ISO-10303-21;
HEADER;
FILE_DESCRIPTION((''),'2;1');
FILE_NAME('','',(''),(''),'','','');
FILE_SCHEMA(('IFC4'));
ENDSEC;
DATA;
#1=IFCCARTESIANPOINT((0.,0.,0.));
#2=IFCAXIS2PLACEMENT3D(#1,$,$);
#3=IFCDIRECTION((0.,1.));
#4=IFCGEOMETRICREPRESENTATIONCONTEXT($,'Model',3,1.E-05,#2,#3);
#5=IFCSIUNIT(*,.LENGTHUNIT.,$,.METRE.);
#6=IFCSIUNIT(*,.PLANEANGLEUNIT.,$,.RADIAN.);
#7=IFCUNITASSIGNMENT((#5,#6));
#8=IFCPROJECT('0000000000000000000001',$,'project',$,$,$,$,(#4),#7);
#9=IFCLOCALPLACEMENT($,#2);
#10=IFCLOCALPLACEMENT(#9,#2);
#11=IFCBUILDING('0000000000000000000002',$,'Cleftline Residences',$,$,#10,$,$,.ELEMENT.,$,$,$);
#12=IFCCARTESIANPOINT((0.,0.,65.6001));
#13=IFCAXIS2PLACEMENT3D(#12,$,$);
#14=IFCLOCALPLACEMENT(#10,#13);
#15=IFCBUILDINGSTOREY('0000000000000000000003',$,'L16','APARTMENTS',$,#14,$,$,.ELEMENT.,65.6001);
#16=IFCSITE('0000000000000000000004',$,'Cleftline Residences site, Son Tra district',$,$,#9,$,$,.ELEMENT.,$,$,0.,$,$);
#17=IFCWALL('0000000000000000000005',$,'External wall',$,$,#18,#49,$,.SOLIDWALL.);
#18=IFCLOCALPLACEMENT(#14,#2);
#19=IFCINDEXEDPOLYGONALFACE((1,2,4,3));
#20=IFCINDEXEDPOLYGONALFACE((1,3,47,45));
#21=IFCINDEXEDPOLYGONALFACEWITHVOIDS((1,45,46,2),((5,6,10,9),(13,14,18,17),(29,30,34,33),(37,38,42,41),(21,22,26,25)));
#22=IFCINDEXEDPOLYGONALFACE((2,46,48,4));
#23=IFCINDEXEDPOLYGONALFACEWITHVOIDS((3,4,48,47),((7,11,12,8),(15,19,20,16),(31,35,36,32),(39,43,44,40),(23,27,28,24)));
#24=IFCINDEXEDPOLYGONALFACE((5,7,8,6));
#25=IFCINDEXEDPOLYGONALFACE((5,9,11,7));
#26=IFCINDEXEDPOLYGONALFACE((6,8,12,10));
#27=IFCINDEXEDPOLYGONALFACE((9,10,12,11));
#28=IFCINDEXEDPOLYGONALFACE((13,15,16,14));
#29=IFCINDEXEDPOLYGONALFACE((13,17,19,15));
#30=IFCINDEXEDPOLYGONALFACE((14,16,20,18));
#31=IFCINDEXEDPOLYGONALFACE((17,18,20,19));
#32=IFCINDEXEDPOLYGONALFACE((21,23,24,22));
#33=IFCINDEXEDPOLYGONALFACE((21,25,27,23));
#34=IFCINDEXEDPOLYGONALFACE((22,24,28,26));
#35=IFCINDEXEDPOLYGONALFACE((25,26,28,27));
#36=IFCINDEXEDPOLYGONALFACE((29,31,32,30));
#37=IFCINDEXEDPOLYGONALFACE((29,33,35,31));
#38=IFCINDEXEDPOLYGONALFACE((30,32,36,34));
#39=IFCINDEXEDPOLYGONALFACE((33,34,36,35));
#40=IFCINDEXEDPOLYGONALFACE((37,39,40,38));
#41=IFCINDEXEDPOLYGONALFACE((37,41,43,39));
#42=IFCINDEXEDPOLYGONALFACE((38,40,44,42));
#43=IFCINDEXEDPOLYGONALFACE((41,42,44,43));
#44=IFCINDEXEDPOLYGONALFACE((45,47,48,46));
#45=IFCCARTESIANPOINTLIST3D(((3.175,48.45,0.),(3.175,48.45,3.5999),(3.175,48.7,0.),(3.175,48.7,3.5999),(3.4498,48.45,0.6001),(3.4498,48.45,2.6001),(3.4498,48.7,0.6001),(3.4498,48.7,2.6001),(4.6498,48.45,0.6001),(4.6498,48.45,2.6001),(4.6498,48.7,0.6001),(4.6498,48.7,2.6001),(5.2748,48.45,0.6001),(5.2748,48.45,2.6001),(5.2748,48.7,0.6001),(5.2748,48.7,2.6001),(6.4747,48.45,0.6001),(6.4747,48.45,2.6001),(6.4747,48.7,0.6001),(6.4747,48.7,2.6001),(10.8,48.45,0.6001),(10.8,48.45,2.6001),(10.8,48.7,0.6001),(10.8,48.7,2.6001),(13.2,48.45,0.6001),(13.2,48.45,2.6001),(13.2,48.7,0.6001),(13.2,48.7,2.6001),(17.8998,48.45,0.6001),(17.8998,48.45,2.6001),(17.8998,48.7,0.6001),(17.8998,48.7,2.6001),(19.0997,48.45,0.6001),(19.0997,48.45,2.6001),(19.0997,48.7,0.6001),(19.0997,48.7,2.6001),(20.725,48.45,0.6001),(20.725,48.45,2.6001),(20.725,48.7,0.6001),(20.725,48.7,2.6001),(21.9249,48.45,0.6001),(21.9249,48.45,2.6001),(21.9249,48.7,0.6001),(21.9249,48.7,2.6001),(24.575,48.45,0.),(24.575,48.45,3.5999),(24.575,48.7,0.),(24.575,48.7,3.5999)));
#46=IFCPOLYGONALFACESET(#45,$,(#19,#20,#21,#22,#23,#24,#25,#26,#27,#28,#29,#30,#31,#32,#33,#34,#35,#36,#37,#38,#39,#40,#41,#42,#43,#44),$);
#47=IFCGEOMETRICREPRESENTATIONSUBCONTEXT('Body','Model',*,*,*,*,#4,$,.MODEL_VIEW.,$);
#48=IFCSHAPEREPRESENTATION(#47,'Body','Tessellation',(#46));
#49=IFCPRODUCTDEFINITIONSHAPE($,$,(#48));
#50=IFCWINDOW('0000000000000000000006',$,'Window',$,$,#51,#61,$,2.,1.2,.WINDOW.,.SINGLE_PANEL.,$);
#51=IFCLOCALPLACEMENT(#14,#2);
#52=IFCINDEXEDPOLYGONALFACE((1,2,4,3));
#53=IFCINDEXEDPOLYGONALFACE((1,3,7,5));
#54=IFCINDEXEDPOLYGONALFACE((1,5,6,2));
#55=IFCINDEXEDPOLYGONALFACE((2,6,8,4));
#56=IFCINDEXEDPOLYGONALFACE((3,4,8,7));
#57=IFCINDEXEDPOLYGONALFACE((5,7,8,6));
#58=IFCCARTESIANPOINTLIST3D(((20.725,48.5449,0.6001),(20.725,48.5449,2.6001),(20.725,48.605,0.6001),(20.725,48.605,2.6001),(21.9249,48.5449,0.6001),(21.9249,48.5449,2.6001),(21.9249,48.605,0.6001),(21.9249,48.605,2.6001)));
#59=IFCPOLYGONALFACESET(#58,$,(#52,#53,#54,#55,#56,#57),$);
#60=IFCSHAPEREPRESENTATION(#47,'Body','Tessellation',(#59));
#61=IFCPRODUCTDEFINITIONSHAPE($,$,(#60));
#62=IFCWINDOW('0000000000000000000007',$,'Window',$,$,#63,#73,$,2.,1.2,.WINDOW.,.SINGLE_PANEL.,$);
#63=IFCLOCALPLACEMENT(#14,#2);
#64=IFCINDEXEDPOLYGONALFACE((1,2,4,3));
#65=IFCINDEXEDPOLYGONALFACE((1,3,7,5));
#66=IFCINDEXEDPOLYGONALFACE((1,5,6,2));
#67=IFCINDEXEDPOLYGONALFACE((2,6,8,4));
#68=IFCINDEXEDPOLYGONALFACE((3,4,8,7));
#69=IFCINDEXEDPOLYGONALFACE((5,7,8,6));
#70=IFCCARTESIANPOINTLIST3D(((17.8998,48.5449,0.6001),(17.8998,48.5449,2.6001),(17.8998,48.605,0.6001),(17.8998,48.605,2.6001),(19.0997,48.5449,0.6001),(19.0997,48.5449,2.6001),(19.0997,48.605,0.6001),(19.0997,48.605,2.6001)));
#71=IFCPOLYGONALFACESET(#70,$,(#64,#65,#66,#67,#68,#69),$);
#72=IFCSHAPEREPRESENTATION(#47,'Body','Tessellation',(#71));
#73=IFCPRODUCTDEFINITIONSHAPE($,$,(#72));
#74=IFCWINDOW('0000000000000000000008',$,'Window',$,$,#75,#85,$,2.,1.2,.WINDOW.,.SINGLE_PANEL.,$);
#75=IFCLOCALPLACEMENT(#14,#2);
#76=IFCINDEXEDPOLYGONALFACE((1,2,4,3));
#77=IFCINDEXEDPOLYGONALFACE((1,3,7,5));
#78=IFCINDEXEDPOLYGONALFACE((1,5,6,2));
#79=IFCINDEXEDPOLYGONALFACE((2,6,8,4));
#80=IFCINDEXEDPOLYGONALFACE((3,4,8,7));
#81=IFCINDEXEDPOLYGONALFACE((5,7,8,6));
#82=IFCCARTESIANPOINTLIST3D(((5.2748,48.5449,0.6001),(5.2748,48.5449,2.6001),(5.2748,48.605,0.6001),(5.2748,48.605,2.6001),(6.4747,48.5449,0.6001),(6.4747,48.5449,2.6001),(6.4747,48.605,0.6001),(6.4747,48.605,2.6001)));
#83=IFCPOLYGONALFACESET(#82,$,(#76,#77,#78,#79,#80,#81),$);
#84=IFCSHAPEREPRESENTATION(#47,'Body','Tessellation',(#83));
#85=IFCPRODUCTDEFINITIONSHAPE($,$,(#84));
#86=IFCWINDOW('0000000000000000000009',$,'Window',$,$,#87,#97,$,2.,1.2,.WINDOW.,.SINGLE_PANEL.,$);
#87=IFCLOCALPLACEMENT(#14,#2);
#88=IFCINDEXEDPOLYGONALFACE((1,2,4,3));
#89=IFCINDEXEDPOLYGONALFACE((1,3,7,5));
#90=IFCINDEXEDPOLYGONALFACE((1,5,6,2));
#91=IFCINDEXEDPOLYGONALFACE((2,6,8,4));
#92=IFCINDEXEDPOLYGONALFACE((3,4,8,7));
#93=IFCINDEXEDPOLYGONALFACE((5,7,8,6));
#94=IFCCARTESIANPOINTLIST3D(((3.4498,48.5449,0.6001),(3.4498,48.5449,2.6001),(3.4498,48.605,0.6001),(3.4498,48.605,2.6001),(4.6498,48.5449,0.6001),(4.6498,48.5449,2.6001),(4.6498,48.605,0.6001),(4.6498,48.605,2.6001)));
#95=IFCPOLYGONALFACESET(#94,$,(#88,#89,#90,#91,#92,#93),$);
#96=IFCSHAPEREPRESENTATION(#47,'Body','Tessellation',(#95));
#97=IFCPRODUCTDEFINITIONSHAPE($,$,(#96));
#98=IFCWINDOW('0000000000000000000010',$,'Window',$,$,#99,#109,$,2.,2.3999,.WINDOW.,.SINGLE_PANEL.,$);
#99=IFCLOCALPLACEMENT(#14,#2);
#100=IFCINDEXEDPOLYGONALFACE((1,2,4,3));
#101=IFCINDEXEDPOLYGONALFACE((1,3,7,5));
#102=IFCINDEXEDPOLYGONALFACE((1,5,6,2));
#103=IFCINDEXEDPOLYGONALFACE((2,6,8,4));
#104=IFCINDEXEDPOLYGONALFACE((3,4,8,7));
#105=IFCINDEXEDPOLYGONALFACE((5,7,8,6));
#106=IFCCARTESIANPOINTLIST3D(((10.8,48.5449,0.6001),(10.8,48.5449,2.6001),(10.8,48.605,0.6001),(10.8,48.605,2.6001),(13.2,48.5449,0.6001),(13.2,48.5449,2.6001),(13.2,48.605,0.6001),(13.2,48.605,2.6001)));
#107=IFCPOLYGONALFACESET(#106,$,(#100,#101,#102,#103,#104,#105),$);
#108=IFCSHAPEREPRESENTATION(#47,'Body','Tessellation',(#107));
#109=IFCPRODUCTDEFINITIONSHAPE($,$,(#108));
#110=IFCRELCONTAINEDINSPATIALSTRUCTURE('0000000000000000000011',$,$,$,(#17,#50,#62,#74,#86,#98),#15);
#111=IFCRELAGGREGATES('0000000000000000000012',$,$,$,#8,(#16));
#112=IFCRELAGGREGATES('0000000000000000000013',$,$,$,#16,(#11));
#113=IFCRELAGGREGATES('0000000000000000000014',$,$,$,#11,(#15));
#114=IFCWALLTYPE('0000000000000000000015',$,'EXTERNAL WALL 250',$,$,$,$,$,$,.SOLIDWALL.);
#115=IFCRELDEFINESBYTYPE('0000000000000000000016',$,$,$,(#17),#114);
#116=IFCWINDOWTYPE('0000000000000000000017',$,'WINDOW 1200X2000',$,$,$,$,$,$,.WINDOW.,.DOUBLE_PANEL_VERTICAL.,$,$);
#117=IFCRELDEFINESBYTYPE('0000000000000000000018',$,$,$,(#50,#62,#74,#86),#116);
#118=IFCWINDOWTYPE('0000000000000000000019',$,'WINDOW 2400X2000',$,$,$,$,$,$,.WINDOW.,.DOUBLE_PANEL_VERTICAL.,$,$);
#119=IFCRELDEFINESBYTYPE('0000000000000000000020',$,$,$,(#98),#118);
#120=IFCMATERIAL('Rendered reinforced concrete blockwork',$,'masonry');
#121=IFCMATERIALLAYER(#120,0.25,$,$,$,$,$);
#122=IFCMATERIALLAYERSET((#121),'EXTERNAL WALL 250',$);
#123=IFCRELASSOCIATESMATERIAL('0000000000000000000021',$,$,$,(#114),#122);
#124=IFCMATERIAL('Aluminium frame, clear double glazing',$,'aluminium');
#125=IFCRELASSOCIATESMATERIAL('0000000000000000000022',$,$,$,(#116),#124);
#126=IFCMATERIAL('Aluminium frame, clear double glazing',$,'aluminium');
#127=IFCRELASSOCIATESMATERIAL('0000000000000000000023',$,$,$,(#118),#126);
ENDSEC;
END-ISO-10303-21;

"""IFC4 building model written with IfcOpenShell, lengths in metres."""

from ifc_helpers import new_model, si_unit, direction, frame, frame_2d, origin, place, context, subcontext, project, spatial, rectangle, extrude, material, layer, layer_set, type_object, element, fill, save


model = new_model("IFC4")

# Units and contexts
model_context = context("Model", 3, precision=1e-05, world=origin(), true_north=direction((0.0, 1.0)))
body_context = subcontext(model_context, "Body", "Model", "MODEL_VIEW")
ifc_project = project(units=[si_unit("LENGTHUNIT", "METRE"), si_unit("PLANEANGLEUNIT", "RADIAN")], contexts=[model_context])

# Site, building, storey
site_placement = place(None, origin())
site = spatial("IfcSite", under=ifc_project, at=site_placement, Name="Cleftline Residences site, Son Tra district", CompositionType="ELEMENT", RefElevation=0.0)
building_placement = place(site_placement, origin())
building = spatial("IfcBuilding", under=site, at=building_placement, Name="Cleftline Residences", CompositionType="ELEMENT")
storey_placement = place(building_placement, frame((0.0, 0.0, 65.6001)))
storey = spatial("IfcBuildingStorey", under=building, at=storey_placement, Name="L16", Description="APARTMENTS", CompositionType="ELEMENT", Elevation=65.6001)

# Wall, openings, windows
ifc_material_1 = material(Name="Rendered reinforced concrete blockwork", Category="masonry")
ifc_layer_1 = layer(ifc_material_1, 0.25)
ifc_layer_set_1 = layer_set([ifc_layer_1], Name="EXTERNAL WALL 250")
wall_type = type_object("IfcWallType", Name="EXTERNAL WALL 250", PredefinedType="SOLIDWALL", material=ifc_layer_set_1)
wall_placement = place(storey_placement, frame((24.575, 48.575, 0.0), z_axis=(0.0, 0.0, 1.0), x_axis=(-1.0, 0.0, 0.0)))
wall = element("IfcWall", 1, at=wall_placement, inside=storey, type_object=wall_type, Name="External wall", PredefinedType="SOLIDWALL", context=body_context, shape_type="SweptSolid", body=[
    extrude(rectangle(XDim=21.3999, YDim=0.25, at=frame_2d((10.7, 0.0))), origin(), (0.0, 0.0, 1.0), 3.5999),
])
opening_1_placement = place(wall_placement, frame((2.6499, 0.0, 0.6001)))
opening_1 = element("IfcOpeningElement", 2, at=opening_1_placement, cuts=wall, PredefinedType="OPENING", context=body_context, shape_type="SweptSolid", body=[
    extrude(rectangle(XDim=1.2, YDim=2.0, at=frame_2d((0.6001, 1.0))), frame((0.0, 0.135, 0.0), z_axis=(0.0, -1.0, 0.0), x_axis=(1.0, 0.0, 0.0)), (0.0, 0.0, 1.0), 0.27),
])
opening_2_placement = place(wall_placement, frame((5.4751, 0.0, 0.6001)))
opening_2 = element("IfcOpeningElement", 3, at=opening_2_placement, cuts=wall, PredefinedType="OPENING", context=body_context, shape_type="SweptSolid", body=[
    extrude(rectangle(XDim=1.2, YDim=2.0, at=frame_2d((0.6001, 1.0))), frame((0.0, 0.135, 0.0), z_axis=(0.0, -1.0, 0.0), x_axis=(1.0, 0.0, 0.0)), (0.0, 0.0, 1.0), 0.27),
])
opening_3_placement = place(wall_placement, frame((11.375, 0.0, 0.6001)))
opening_3 = element("IfcOpeningElement", 4, at=opening_3_placement, cuts=wall, PredefinedType="OPENING", context=body_context, shape_type="SweptSolid", body=[
    extrude(rectangle(XDim=2.3999, YDim=2.0, at=frame_2d((1.2, 1.0))), frame((0.0, 0.135, 0.0), z_axis=(0.0, -1.0, 0.0), x_axis=(1.0, 0.0, 0.0)), (0.0, 0.0, 1.0), 0.27),
])
opening_4_placement = place(wall_placement, frame((18.1001, 0.0, 0.6001)))
opening_4 = element("IfcOpeningElement", 5, at=opening_4_placement, cuts=wall, PredefinedType="OPENING", context=body_context, shape_type="SweptSolid", body=[
    extrude(rectangle(XDim=1.2, YDim=2.0, at=frame_2d((0.6001, 1.0))), frame((0.0, 0.135, 0.0), z_axis=(0.0, -1.0, 0.0), x_axis=(1.0, 0.0, 0.0)), (0.0, 0.0, 1.0), 0.27),
])
opening_5_placement = place(wall_placement, frame((19.925, 0.0, 0.6001)))
opening_5 = element("IfcOpeningElement", 6, at=opening_5_placement, cuts=wall, PredefinedType="OPENING", context=body_context, shape_type="SweptSolid", body=[
    extrude(rectangle(XDim=1.2, YDim=2.0, at=frame_2d((0.6001, 1.0))), frame((0.0, 0.135, 0.0), z_axis=(0.0, -1.0, 0.0), x_axis=(1.0, 0.0, 0.0)), (0.0, 0.0, 1.0), 0.27),
])
ifc_material_2 = material(Name="Aluminium frame, clear double glazing", Category="aluminium")
window_type_1 = type_object("IfcWindowType", Name="WINDOW 1200X2000", PartitioningType="DOUBLE_PANEL_VERTICAL", PredefinedType="WINDOW", material=ifc_material_2)
window_1_placement = place(opening_1_placement, origin())
window_1 = element("IfcWindow", 7, at=window_1_placement, inside=storey, type_object=window_type_1, Name="Window", OverallHeight=2.0, OverallWidth=1.2, PartitioningType="SINGLE_PANEL", PredefinedType="WINDOW", context=body_context, shape_type="SweptSolid", body=[
    extrude(rectangle(XDim=1.2, YDim=2.0, at=frame_2d((0.6001, 1.0))), frame((0.0, 0.03, 0.0), z_axis=(0.0, -1.0, 0.0), x_axis=(1.0, 0.0, 0.0)), (0.0, 0.0, 1.0), 0.0601),
])
fill(opening_1, window_1)
window_2_placement = place(opening_2_placement, origin())
window_2 = element("IfcWindow", 8, at=window_2_placement, inside=storey, type_object=window_type_1, Name="Window", OverallHeight=2.0, OverallWidth=1.2, PartitioningType="SINGLE_PANEL", PredefinedType="WINDOW", context=body_context, shape_type="SweptSolid", body=[
    extrude(rectangle(XDim=1.2, YDim=2.0, at=frame_2d((0.6001, 1.0))), frame((0.0, 0.03, 0.0), z_axis=(0.0, -1.0, 0.0), x_axis=(1.0, 0.0, 0.0)), (0.0, 0.0, 1.0), 0.0601),
])
fill(opening_2, window_2)
window_3_placement = place(opening_4_placement, origin())
window_3 = element("IfcWindow", 9, at=window_3_placement, inside=storey, type_object=window_type_1, Name="Window", OverallHeight=2.0, OverallWidth=1.2, PartitioningType="SINGLE_PANEL", PredefinedType="WINDOW", context=body_context, shape_type="SweptSolid", body=[
    extrude(rectangle(XDim=1.2, YDim=2.0, at=frame_2d((0.6001, 1.0))), frame((0.0, 0.03, 0.0), z_axis=(0.0, -1.0, 0.0), x_axis=(1.0, 0.0, 0.0)), (0.0, 0.0, 1.0), 0.0601),
])
fill(opening_4, window_3)
window_4_placement = place(opening_5_placement, origin())
window_4 = element("IfcWindow", 10, at=window_4_placement, inside=storey, type_object=window_type_1, Name="Window", OverallHeight=2.0, OverallWidth=1.2, PartitioningType="SINGLE_PANEL", PredefinedType="WINDOW", context=body_context, shape_type="SweptSolid", body=[
    extrude(rectangle(XDim=1.2, YDim=2.0, at=frame_2d((0.6001, 1.0))), frame((0.0, 0.03, 0.0), z_axis=(0.0, -1.0, 0.0), x_axis=(1.0, 0.0, 0.0)), (0.0, 0.0, 1.0), 0.0601),
])
fill(opening_5, window_4)
ifc_material_3 = material(Name="Aluminium frame, clear double glazing", Category="aluminium")
window_type_2 = type_object("IfcWindowType", Name="WINDOW 2400X2000", PartitioningType="DOUBLE_PANEL_VERTICAL", PredefinedType="WINDOW", material=ifc_material_3)
window_5_placement = place(opening_3_placement, origin())
window_5 = element("IfcWindow", 11, at=window_5_placement, inside=storey, type_object=window_type_2, Name="Window", OverallHeight=2.0, OverallWidth=2.3999, PartitioningType="SINGLE_PANEL", PredefinedType="WINDOW", context=body_context, shape_type="SweptSolid", body=[
    extrude(rectangle(XDim=2.3999, YDim=2.0, at=frame_2d((1.2, 1.0))), frame((0.0, 0.03, 0.0), z_axis=(0.0, -1.0, 0.0), x_axis=(1.0, 0.0, 0.0)), (0.0, 0.0, 1.0), 0.0601),
])
fill(opening_3, window_5)

save(model, "model.ifc")
